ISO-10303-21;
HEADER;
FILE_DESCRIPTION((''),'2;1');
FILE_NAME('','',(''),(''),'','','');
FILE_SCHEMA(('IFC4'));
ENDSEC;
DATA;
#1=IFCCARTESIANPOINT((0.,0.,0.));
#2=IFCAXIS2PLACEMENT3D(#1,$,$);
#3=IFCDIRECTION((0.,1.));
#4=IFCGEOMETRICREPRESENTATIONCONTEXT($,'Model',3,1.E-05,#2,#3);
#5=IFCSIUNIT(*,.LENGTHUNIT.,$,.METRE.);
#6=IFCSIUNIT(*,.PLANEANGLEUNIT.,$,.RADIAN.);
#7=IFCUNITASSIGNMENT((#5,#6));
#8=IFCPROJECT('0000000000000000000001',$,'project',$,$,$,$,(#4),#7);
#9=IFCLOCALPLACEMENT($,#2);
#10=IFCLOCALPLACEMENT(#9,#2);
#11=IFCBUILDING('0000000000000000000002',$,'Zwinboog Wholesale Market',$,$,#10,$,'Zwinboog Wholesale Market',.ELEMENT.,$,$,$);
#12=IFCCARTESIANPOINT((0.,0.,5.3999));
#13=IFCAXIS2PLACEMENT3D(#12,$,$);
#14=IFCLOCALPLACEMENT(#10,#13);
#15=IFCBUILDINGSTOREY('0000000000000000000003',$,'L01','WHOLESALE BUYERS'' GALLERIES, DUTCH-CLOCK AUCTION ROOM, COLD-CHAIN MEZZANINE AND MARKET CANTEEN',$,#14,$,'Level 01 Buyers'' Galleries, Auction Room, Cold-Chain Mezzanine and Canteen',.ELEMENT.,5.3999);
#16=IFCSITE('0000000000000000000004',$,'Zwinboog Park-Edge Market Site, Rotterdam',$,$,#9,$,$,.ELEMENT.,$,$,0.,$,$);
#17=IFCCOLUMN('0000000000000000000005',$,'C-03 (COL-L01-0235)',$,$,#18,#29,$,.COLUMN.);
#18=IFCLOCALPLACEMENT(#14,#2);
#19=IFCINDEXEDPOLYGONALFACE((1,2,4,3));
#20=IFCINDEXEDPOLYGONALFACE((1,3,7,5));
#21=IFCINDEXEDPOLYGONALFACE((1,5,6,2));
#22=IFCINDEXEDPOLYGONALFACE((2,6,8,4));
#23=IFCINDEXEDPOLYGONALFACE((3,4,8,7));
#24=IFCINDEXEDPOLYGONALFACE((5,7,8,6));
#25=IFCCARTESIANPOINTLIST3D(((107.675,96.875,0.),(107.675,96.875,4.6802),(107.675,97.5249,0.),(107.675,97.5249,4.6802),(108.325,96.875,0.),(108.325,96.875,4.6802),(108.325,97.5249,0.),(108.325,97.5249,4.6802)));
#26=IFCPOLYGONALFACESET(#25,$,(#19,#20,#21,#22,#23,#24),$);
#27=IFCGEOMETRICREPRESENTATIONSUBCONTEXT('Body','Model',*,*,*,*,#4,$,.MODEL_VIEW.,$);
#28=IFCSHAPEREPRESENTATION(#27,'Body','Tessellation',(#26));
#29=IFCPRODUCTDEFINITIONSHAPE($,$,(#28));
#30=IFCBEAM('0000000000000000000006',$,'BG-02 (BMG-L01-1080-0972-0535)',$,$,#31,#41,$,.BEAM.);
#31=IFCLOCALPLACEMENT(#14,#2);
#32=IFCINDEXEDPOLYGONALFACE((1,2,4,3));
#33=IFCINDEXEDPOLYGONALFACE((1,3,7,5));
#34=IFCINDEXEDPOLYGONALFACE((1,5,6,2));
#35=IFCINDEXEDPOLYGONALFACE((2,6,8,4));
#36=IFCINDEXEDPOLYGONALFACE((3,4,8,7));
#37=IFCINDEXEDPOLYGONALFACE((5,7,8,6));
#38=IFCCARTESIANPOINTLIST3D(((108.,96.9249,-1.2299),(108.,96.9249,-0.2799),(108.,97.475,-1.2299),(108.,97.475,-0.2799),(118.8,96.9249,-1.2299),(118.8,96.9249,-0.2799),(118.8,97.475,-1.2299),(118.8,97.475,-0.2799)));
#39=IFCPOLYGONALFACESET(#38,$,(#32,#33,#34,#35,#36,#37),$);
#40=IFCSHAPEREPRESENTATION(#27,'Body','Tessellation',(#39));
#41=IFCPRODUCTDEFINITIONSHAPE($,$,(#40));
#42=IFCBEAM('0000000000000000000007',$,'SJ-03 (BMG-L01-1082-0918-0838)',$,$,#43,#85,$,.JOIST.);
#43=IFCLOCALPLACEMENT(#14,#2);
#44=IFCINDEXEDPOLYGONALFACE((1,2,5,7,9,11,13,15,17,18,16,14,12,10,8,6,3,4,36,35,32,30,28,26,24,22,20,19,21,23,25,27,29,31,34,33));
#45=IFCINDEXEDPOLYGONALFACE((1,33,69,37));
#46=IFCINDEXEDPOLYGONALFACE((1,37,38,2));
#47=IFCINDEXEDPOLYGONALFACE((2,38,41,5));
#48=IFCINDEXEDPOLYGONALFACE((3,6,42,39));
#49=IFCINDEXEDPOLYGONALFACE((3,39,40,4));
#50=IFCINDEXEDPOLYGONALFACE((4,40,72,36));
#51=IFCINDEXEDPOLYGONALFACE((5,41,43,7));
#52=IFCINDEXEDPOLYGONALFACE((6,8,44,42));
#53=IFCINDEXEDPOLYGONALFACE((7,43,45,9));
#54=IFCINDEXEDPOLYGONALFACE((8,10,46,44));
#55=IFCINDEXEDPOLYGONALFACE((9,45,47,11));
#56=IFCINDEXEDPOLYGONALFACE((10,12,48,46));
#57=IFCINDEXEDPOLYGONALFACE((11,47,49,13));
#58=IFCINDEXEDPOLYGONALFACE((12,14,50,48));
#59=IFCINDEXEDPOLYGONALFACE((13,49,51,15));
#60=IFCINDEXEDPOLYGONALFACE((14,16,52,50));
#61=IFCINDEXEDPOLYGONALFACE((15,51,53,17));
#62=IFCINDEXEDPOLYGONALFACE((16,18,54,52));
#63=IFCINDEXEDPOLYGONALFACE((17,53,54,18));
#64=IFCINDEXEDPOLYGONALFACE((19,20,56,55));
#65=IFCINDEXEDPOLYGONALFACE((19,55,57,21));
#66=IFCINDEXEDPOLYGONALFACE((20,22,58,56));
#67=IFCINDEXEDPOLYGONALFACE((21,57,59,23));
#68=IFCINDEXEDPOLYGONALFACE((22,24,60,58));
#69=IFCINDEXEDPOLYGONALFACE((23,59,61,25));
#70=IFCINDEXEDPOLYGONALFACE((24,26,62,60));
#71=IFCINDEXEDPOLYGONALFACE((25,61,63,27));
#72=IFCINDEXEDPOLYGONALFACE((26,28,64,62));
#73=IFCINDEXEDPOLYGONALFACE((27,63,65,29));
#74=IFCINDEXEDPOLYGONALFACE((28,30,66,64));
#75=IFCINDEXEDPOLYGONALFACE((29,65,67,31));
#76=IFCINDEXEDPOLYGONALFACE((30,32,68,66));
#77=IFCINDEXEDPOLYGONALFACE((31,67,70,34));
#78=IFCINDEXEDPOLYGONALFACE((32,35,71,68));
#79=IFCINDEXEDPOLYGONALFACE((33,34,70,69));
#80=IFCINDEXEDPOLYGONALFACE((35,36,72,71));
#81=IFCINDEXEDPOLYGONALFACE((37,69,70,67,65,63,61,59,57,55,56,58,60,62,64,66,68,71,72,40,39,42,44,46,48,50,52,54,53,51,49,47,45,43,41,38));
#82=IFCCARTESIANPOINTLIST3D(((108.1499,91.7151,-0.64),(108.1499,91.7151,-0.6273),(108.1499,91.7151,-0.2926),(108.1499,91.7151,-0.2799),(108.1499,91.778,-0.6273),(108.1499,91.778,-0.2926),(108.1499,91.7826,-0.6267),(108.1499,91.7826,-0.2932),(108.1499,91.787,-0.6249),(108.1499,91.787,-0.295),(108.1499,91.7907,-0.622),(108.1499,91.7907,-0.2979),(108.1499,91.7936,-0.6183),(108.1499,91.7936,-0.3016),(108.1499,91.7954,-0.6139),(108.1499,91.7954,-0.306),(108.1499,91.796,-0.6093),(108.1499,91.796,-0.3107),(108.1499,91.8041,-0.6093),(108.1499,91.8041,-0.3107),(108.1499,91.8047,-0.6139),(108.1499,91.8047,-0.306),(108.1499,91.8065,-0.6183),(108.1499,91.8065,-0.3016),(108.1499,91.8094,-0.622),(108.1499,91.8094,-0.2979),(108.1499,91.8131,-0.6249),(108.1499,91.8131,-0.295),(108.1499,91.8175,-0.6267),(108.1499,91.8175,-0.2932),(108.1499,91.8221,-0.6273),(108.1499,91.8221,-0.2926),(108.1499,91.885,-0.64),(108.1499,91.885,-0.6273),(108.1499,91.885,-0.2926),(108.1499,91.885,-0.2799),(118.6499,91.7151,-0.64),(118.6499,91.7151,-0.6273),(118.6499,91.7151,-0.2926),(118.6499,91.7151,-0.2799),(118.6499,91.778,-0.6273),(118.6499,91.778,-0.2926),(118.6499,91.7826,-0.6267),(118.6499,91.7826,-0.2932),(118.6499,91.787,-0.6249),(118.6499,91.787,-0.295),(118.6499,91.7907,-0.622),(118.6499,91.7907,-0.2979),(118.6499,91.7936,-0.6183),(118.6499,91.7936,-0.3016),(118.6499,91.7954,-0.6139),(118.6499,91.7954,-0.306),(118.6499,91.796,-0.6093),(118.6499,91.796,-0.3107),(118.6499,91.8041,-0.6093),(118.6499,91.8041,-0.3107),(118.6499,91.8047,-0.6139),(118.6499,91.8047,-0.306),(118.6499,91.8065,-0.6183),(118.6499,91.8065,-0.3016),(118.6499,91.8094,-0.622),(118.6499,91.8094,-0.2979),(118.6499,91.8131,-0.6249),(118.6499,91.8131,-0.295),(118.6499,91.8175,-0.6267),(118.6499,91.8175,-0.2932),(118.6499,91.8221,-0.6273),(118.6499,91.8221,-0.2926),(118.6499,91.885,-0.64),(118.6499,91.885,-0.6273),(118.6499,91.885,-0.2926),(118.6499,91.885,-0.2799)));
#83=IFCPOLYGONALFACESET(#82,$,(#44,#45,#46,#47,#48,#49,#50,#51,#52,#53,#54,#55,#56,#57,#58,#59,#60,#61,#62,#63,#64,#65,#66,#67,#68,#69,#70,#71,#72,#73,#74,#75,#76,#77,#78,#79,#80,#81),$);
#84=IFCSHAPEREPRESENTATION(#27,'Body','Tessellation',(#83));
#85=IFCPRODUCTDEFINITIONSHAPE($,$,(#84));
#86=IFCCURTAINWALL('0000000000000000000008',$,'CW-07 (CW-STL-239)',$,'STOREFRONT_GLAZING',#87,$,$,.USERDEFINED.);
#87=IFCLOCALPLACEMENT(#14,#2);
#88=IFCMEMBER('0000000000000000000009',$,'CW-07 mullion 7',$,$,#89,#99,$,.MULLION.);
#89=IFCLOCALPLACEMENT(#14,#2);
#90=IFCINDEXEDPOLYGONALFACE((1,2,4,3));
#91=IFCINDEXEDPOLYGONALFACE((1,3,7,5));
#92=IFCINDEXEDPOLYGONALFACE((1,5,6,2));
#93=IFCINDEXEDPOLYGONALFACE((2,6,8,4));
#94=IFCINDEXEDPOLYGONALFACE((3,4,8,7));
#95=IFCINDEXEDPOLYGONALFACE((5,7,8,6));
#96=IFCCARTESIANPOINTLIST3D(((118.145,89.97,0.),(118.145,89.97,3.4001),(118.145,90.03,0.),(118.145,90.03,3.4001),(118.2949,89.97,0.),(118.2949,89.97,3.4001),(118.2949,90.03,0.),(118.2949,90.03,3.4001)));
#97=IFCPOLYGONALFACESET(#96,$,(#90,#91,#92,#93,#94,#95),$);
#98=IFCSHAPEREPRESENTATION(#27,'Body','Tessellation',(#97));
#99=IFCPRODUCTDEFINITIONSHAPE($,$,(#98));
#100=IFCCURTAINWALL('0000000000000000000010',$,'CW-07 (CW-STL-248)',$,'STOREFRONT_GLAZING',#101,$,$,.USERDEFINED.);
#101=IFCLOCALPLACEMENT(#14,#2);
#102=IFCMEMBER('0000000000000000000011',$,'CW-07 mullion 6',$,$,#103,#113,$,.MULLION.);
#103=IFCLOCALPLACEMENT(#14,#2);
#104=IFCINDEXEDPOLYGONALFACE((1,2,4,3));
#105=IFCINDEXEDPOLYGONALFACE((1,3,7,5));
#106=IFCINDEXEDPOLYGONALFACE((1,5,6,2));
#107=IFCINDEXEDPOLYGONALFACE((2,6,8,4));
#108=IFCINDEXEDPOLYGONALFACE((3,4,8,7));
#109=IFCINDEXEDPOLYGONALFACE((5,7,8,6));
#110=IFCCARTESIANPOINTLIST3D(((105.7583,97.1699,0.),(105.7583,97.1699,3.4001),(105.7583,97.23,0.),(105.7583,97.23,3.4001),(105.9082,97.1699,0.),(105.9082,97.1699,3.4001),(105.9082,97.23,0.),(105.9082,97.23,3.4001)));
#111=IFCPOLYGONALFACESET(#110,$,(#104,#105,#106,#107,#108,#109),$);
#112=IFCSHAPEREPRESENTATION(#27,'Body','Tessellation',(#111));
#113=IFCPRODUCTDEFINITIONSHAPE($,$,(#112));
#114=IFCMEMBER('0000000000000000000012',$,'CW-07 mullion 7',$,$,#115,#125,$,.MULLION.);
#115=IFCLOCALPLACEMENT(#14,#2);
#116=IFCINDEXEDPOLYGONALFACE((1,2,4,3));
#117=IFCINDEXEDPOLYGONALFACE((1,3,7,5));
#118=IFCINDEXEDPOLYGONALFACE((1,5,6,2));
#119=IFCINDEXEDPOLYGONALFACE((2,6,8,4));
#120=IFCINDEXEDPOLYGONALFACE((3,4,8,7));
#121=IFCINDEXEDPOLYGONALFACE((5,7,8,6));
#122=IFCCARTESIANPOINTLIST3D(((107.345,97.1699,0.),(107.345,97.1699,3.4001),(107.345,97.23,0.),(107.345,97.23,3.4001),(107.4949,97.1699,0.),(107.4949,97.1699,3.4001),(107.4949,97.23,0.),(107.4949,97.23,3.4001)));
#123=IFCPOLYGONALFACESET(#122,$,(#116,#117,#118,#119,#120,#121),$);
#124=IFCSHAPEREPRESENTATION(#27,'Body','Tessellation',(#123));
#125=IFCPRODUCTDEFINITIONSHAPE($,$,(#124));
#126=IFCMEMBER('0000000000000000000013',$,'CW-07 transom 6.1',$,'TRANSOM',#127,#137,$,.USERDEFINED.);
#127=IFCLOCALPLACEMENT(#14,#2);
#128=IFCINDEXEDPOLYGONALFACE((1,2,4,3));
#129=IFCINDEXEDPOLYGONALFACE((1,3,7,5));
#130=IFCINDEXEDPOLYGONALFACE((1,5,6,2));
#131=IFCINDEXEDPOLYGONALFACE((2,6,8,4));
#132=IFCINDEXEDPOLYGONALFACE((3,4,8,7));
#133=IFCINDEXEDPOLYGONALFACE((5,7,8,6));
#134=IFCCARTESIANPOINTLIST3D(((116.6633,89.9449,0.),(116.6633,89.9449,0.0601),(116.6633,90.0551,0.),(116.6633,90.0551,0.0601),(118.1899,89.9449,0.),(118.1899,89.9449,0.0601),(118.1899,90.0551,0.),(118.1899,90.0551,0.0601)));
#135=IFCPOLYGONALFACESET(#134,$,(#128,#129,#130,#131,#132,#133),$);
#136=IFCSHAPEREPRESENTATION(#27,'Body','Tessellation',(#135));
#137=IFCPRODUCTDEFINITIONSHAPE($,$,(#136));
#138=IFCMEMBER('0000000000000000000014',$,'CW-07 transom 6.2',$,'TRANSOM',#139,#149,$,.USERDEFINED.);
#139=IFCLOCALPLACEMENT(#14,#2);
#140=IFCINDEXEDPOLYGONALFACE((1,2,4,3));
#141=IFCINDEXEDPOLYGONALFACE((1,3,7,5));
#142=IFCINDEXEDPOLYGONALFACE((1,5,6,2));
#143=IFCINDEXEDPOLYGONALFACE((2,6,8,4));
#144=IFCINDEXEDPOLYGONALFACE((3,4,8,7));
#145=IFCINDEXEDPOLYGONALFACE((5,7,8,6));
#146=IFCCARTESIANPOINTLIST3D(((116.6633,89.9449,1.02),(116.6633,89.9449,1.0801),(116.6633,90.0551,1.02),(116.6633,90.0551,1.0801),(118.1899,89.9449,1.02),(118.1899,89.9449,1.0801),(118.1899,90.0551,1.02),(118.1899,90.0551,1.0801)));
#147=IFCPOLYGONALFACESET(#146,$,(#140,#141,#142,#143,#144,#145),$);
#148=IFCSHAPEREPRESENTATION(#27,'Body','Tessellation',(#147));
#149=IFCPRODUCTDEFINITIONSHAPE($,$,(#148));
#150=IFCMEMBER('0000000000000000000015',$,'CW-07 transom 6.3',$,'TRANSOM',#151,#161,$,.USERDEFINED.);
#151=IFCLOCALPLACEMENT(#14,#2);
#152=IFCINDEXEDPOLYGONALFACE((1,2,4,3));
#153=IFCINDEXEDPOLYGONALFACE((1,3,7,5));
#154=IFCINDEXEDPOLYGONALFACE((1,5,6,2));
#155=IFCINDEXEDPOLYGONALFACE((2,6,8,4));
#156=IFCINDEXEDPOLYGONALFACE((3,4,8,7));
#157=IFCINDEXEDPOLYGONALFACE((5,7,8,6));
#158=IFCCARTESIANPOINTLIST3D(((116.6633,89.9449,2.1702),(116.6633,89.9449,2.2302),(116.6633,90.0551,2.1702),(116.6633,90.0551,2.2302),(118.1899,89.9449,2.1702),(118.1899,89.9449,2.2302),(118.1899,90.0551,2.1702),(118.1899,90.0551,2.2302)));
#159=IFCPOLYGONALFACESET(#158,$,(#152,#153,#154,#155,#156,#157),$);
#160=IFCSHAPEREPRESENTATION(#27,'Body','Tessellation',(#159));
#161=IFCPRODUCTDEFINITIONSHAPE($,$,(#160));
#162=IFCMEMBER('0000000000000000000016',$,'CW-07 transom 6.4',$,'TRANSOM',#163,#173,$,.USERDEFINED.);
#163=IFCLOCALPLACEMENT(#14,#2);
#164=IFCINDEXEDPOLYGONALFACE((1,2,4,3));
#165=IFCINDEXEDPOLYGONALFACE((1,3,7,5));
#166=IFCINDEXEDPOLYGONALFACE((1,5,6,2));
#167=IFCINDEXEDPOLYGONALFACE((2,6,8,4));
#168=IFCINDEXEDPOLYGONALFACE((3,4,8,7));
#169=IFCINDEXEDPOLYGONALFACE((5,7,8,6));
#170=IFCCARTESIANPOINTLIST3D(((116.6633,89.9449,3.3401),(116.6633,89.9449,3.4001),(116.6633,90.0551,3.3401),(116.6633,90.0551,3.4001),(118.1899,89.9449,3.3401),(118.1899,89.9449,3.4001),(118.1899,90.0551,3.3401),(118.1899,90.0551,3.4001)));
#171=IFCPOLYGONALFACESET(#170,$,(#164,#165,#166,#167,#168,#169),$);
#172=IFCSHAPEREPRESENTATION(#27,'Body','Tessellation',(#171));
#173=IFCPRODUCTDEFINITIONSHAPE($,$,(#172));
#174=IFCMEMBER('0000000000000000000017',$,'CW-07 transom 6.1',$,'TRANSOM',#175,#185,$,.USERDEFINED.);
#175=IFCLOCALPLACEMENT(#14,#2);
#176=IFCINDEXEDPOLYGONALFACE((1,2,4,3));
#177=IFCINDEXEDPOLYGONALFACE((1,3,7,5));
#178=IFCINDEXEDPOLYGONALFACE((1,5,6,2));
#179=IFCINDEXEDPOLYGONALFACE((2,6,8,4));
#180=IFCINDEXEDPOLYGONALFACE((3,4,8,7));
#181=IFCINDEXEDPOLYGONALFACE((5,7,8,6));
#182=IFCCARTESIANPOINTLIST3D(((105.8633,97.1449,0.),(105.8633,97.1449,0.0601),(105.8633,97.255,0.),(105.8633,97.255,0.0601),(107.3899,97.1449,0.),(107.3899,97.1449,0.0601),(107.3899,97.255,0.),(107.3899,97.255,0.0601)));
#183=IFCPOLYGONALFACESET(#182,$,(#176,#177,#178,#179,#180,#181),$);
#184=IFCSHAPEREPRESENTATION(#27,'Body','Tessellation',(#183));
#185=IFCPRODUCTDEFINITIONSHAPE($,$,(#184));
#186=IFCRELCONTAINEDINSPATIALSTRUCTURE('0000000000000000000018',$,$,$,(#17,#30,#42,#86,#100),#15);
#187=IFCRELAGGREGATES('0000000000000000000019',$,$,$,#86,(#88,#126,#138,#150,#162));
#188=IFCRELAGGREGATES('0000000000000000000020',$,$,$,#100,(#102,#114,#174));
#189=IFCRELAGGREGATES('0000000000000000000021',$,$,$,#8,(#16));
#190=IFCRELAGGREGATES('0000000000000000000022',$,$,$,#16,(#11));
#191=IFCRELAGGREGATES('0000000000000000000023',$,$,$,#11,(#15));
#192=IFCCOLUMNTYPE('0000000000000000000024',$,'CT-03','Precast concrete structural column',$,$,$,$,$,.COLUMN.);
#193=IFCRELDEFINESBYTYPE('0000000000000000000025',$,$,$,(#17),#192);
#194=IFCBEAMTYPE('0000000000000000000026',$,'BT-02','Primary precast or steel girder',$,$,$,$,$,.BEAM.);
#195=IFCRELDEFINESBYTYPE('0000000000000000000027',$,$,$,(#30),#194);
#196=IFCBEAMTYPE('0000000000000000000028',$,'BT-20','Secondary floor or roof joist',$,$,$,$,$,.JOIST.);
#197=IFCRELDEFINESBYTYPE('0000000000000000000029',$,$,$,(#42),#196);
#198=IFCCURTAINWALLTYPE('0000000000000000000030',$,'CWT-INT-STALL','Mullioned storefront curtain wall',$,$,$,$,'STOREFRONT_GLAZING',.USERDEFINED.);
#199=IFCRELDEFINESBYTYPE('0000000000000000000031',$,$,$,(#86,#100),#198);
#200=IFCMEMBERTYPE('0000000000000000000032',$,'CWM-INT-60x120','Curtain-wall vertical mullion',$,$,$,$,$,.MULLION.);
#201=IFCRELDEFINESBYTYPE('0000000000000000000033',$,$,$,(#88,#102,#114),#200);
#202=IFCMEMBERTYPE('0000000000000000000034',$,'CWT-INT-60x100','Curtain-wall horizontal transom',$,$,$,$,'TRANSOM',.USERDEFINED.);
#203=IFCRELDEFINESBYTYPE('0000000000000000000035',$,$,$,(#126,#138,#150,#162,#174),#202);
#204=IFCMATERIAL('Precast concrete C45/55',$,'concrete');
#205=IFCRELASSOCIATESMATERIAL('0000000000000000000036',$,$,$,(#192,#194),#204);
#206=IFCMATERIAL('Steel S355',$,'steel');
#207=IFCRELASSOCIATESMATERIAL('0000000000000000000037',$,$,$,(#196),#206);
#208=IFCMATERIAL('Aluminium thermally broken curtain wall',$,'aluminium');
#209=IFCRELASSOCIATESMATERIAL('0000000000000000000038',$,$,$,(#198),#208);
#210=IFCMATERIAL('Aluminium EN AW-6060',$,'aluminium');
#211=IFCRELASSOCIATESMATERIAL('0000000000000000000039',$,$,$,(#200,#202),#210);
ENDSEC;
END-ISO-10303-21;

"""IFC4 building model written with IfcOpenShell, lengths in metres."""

from ifc_helpers import new_model, si_unit, direction, frame, origin, origin_2d, place, context, subcontext, project, spatial, rectangle, i_section, extrude, material, material_profile, profile_set, type_object, element, aggregate, save


model = new_model("IFC4")

# Units and contexts
model_context = context("Model", 3, precision=1e-05, world=origin(), true_north=direction((0.0, 1.0)))
body_context = subcontext(model_context, "Body", "Model", "MODEL_VIEW")
ifc_project = project(units=[si_unit("LENGTHUNIT", "METRE"), si_unit("PLANEANGLEUNIT", "RADIAN")], contexts=[model_context])

# Site, building, storey
site_placement = place(None, origin())
site = spatial("IfcSite", under=ifc_project, at=site_placement, Name="Zwinboog Park-Edge Market Site, Rotterdam", CompositionType="ELEMENT", RefElevation=0.0)
building_placement = place(site_placement, origin())
building = spatial("IfcBuilding", under=site, at=building_placement, Name="Zwinboog Wholesale Market", LongName="Zwinboog Wholesale Market", CompositionType="ELEMENT")
storey_placement = place(building_placement, frame((0.0, 0.0, 5.3999)))
storey = spatial("IfcBuildingStorey", under=building, at=storey_placement, Name="L01", Description="WHOLESALE BUYERS' GALLERIES, DUTCH-CLOCK AUCTION ROOM, COLD-CHAIN MEZZANINE AND MARKET CANTEEN", LongName="Level 01 Buyers' Galleries, Auction Room, Cold-Chain Mezzanine and Canteen", CompositionType="ELEMENT", Elevation=5.3999)

# Column
ifc_material_1 = material(Name="Precast concrete C45/55", Category="concrete")
ifc_material_profile_1 = material_profile(ifc_material_1, rectangle(XDim=0.6499, YDim=0.6499, at=origin_2d()), Name="PC 650x650")
ifc_profile_set_1 = profile_set([ifc_material_profile_1], Name="Precast concrete C45/55")
column_type = type_object("IfcColumnType", Name="CT-03", Description="Precast concrete structural column", PredefinedType="COLUMN", material=ifc_profile_set_1)
column_placement = place(storey_placement, frame((108.0, 97.2, 0.0), z_axis=(0.0, 0.0, 1.0), x_axis=(1.0, 0.0, 0.0)))
element("IfcColumn", 1, at=column_placement, inside=storey, type_object=column_type, Name="C-03 (COL-L01-0235)", PredefinedType="COLUMN", context=body_context, shape_type="SweptSolid", body=[
    extrude(rectangle(XDim=0.6499, YDim=0.6499, at=origin_2d()), origin(), (0.0, 0.0, 1.0), 4.6802),
])

# Beams
ifc_material_profile_2 = material_profile(ifc_material_1, rectangle(XDim=0.55, YDim=0.95, at=origin_2d()), Name="PC 550x950")
ifc_profile_set_2 = profile_set([ifc_material_profile_2], Name="Precast concrete C45/55")
beam_type_1 = type_object("IfcBeamType", Name="BT-02", Description="Primary precast or steel girder", PredefinedType="BEAM", material=ifc_profile_set_2)
beam_1_placement = place(storey_placement, frame((108.0, 97.2, -0.7549), z_axis=(1.0, 0.0, 0.0), x_axis=(0.0, 1.0, 0.0)))
element("IfcBeam", 2, at=beam_1_placement, inside=storey, type_object=beam_type_1, Name="BG-02 (BMG-L01-1080-0972-0535)", PredefinedType="BEAM", context=body_context, shape_type="SweptSolid", body=[
    extrude(rectangle(XDim=0.55, YDim=0.95, at=origin_2d()), origin(), (0.0, 0.0, 1.0), 10.8),
])
ifc_material_2 = material(Name="Steel S355", Category="steel")
ifc_material_profile_3 = material_profile(ifc_material_2, i_section(OverallWidth=0.1699, OverallDepth=0.3601, WebThickness=0.0081, FlangeThickness=0.0127, FilletRadius=0.0181, at=origin_2d()), Name="IPE 360")
ifc_profile_set_3 = profile_set([ifc_material_profile_3], Name="Steel S355")
beam_type_2 = type_object("IfcBeamType", Name="BT-20", Description="Secondary floor or roof joist", PredefinedType="JOIST", material=ifc_profile_set_3)
beam_2_placement = place(storey_placement, frame((108.1499, 91.8, -0.46), z_axis=(1.0, 0.0, 0.0), x_axis=(0.0, 1.0, 0.0)))
element("IfcBeam", 3, at=beam_2_placement, inside=storey, type_object=beam_type_2, Name="SJ-03 (BMG-L01-1082-0918-0838)", PredefinedType="JOIST", context=body_context, shape_type="SweptSolid", body=[
    extrude(i_section(OverallWidth=0.1699, OverallDepth=0.3601, WebThickness=0.0081, FlangeThickness=0.0127, FilletRadius=0.0181, at=origin_2d()), origin(), (0.0, 0.0, 1.0), 10.5),
])

# Curtain wall, member
ifc_material_3 = material(Name="Aluminium thermally broken curtain wall", Category="aluminium")
curtain_wall_type = type_object("IfcCurtainWallType", Name="CWT-INT-STALL", Description="Mullioned storefront curtain wall", ElementType="STOREFRONT_GLAZING", PredefinedType="USERDEFINED", material=ifc_material_3)
curtain_wall_1_placement = place(storey_placement, origin())
curtain_wall_1 = element("IfcCurtainWall", 4, at=curtain_wall_1_placement, inside=storey, type_object=curtain_wall_type, Name="CW-07 (CW-STL-239)", ObjectType="STOREFRONT_GLAZING", PredefinedType="USERDEFINED")
ifc_material_4 = material(Name="Aluminium EN AW-6060", Category="aluminium")
ifc_material_profile_4 = material_profile(ifc_material_4, rectangle(XDim=0.0601, YDim=0.1499, at=origin_2d()), Name="AL 60x150")
ifc_profile_set_4 = profile_set([ifc_material_profile_4], Name="Aluminium EN AW-6060")
member_type_1 = type_object("IfcMemberType", Name="CWM-INT-60x120", Description="Curtain-wall vertical mullion", PredefinedType="MULLION", material=ifc_profile_set_4)
member_1_placement = place(storey_placement, frame((118.22, 90.0, 0.0), z_axis=(0.0, 0.0, 1.0), x_axis=(0.0, 1.0, 0.0)))
member_1 = element("IfcMember", 5, at=member_1_placement, type_object=member_type_1, Name="CW-07 mullion 7", PredefinedType="MULLION", context=body_context, shape_type="SweptSolid", body=[
    extrude(rectangle(XDim=0.0601, YDim=0.1499, at=origin_2d()), origin(), (0.0, 0.0, 1.0), 3.4001),
])

# Curtain wall, members
curtain_wall_2_placement = place(storey_placement, origin())
curtain_wall_2 = element("IfcCurtainWall", 6, at=curtain_wall_2_placement, inside=storey, type_object=curtain_wall_type, Name="CW-07 (CW-STL-248)", ObjectType="STOREFRONT_GLAZING", PredefinedType="USERDEFINED")
member_2_placement = place(storey_placement, frame((105.8333, 97.2, 0.0), z_axis=(0.0, 0.0, 1.0), x_axis=(0.0, 1.0, 0.0)))
member_2 = element("IfcMember", 7, at=member_2_placement, type_object=member_type_1, Name="CW-07 mullion 6", PredefinedType="MULLION", context=body_context, shape_type="SweptSolid", body=[
    extrude(rectangle(XDim=0.0601, YDim=0.1499, at=origin_2d()), origin(), (0.0, 0.0, 1.0), 3.4001),
])
member_3_placement = place(storey_placement, frame((107.4199, 97.2, 0.0), z_axis=(0.0, 0.0, 1.0), x_axis=(0.0, 1.0, 0.0)))
member_3 = element("IfcMember", 8, at=member_3_placement, type_object=member_type_1, Name="CW-07 mullion 7", PredefinedType="MULLION", context=body_context, shape_type="SweptSolid", body=[
    extrude(rectangle(XDim=0.0601, YDim=0.1499, at=origin_2d()), origin(), (0.0, 0.0, 1.0), 3.4001),
])

# Members
ifc_material_profile_5 = material_profile(ifc_material_4, rectangle(XDim=0.1101, YDim=0.0601, at=origin_2d()), Name="AL 60x110")
ifc_profile_set_5 = profile_set([ifc_material_profile_5], Name="Aluminium EN AW-6060")
member_type_2 = type_object("IfcMemberType", Name="CWT-INT-60x100", Description="Curtain-wall horizontal transom", ElementType="TRANSOM", PredefinedType="USERDEFINED", material=ifc_profile_set_5)
member_4_placement = place(storey_placement, frame((116.6633, 90.0, 0.03), z_axis=(1.0, 0.0, 0.0), x_axis=(0.0, 1.0, 0.0)))
member_4 = element("IfcMember", 9, at=member_4_placement, type_object=member_type_2, Name="CW-07 transom 6.1", ObjectType="TRANSOM", PredefinedType="USERDEFINED", context=body_context, shape_type="SweptSolid", body=[
    extrude(rectangle(XDim=0.1101, YDim=0.0601, at=origin_2d()), origin(), (0.0, 0.0, 1.0), 1.5266),
])
member_5_placement = place(storey_placement, frame((116.6633, 90.0, 1.05), z_axis=(1.0, 0.0, 0.0), x_axis=(0.0, 1.0, 0.0)))
member_5 = element("IfcMember", 10, at=member_5_placement, type_object=member_type_2, Name="CW-07 transom 6.2", ObjectType="TRANSOM", PredefinedType="USERDEFINED", context=body_context, shape_type="SweptSolid", body=[
    extrude(rectangle(XDim=0.1101, YDim=0.0601, at=origin_2d()), origin(), (0.0, 0.0, 1.0), 1.5266),
])
member_6_placement = place(storey_placement, frame((116.6633, 90.0, 2.2002), z_axis=(1.0, 0.0, 0.0), x_axis=(0.0, 1.0, 0.0)))
member_6 = element("IfcMember", 11, at=member_6_placement, type_object=member_type_2, Name="CW-07 transom 6.3", ObjectType="TRANSOM", PredefinedType="USERDEFINED", context=body_context, shape_type="SweptSolid", body=[
    extrude(rectangle(XDim=0.1101, YDim=0.0601, at=origin_2d()), origin(), (0.0, 0.0, 1.0), 1.5266),
])
member_7_placement = place(storey_placement, frame((116.6633, 90.0, 3.3701), z_axis=(1.0, 0.0, 0.0), x_axis=(0.0, 1.0, 0.0)))
member_7 = element("IfcMember", 12, at=member_7_placement, type_object=member_type_2, Name="CW-07 transom 6.4", ObjectType="TRANSOM", PredefinedType="USERDEFINED", context=body_context, shape_type="SweptSolid", body=[
    extrude(rectangle(XDim=0.1101, YDim=0.0601, at=origin_2d()), origin(), (0.0, 0.0, 1.0), 1.5266),
])
member_8_placement = place(storey_placement, frame((105.8633, 97.2, 0.03), z_axis=(1.0, 0.0, 0.0), x_axis=(0.0, 1.0, 0.0)))
member_8 = element("IfcMember", 13, at=member_8_placement, type_object=member_type_2, Name="CW-07 transom 6.1", ObjectType="TRANSOM", PredefinedType="USERDEFINED", context=body_context, shape_type="SweptSolid", body=[
    extrude(rectangle(XDim=0.1101, YDim=0.0601, at=origin_2d()), origin(), (0.0, 0.0, 1.0), 1.5266),
])

aggregate(curtain_wall_1, [member_1, member_4, member_5, member_6, member_7])
aggregate(curtain_wall_2, [member_2, member_3, member_8])

save(model, "model.ifc")
